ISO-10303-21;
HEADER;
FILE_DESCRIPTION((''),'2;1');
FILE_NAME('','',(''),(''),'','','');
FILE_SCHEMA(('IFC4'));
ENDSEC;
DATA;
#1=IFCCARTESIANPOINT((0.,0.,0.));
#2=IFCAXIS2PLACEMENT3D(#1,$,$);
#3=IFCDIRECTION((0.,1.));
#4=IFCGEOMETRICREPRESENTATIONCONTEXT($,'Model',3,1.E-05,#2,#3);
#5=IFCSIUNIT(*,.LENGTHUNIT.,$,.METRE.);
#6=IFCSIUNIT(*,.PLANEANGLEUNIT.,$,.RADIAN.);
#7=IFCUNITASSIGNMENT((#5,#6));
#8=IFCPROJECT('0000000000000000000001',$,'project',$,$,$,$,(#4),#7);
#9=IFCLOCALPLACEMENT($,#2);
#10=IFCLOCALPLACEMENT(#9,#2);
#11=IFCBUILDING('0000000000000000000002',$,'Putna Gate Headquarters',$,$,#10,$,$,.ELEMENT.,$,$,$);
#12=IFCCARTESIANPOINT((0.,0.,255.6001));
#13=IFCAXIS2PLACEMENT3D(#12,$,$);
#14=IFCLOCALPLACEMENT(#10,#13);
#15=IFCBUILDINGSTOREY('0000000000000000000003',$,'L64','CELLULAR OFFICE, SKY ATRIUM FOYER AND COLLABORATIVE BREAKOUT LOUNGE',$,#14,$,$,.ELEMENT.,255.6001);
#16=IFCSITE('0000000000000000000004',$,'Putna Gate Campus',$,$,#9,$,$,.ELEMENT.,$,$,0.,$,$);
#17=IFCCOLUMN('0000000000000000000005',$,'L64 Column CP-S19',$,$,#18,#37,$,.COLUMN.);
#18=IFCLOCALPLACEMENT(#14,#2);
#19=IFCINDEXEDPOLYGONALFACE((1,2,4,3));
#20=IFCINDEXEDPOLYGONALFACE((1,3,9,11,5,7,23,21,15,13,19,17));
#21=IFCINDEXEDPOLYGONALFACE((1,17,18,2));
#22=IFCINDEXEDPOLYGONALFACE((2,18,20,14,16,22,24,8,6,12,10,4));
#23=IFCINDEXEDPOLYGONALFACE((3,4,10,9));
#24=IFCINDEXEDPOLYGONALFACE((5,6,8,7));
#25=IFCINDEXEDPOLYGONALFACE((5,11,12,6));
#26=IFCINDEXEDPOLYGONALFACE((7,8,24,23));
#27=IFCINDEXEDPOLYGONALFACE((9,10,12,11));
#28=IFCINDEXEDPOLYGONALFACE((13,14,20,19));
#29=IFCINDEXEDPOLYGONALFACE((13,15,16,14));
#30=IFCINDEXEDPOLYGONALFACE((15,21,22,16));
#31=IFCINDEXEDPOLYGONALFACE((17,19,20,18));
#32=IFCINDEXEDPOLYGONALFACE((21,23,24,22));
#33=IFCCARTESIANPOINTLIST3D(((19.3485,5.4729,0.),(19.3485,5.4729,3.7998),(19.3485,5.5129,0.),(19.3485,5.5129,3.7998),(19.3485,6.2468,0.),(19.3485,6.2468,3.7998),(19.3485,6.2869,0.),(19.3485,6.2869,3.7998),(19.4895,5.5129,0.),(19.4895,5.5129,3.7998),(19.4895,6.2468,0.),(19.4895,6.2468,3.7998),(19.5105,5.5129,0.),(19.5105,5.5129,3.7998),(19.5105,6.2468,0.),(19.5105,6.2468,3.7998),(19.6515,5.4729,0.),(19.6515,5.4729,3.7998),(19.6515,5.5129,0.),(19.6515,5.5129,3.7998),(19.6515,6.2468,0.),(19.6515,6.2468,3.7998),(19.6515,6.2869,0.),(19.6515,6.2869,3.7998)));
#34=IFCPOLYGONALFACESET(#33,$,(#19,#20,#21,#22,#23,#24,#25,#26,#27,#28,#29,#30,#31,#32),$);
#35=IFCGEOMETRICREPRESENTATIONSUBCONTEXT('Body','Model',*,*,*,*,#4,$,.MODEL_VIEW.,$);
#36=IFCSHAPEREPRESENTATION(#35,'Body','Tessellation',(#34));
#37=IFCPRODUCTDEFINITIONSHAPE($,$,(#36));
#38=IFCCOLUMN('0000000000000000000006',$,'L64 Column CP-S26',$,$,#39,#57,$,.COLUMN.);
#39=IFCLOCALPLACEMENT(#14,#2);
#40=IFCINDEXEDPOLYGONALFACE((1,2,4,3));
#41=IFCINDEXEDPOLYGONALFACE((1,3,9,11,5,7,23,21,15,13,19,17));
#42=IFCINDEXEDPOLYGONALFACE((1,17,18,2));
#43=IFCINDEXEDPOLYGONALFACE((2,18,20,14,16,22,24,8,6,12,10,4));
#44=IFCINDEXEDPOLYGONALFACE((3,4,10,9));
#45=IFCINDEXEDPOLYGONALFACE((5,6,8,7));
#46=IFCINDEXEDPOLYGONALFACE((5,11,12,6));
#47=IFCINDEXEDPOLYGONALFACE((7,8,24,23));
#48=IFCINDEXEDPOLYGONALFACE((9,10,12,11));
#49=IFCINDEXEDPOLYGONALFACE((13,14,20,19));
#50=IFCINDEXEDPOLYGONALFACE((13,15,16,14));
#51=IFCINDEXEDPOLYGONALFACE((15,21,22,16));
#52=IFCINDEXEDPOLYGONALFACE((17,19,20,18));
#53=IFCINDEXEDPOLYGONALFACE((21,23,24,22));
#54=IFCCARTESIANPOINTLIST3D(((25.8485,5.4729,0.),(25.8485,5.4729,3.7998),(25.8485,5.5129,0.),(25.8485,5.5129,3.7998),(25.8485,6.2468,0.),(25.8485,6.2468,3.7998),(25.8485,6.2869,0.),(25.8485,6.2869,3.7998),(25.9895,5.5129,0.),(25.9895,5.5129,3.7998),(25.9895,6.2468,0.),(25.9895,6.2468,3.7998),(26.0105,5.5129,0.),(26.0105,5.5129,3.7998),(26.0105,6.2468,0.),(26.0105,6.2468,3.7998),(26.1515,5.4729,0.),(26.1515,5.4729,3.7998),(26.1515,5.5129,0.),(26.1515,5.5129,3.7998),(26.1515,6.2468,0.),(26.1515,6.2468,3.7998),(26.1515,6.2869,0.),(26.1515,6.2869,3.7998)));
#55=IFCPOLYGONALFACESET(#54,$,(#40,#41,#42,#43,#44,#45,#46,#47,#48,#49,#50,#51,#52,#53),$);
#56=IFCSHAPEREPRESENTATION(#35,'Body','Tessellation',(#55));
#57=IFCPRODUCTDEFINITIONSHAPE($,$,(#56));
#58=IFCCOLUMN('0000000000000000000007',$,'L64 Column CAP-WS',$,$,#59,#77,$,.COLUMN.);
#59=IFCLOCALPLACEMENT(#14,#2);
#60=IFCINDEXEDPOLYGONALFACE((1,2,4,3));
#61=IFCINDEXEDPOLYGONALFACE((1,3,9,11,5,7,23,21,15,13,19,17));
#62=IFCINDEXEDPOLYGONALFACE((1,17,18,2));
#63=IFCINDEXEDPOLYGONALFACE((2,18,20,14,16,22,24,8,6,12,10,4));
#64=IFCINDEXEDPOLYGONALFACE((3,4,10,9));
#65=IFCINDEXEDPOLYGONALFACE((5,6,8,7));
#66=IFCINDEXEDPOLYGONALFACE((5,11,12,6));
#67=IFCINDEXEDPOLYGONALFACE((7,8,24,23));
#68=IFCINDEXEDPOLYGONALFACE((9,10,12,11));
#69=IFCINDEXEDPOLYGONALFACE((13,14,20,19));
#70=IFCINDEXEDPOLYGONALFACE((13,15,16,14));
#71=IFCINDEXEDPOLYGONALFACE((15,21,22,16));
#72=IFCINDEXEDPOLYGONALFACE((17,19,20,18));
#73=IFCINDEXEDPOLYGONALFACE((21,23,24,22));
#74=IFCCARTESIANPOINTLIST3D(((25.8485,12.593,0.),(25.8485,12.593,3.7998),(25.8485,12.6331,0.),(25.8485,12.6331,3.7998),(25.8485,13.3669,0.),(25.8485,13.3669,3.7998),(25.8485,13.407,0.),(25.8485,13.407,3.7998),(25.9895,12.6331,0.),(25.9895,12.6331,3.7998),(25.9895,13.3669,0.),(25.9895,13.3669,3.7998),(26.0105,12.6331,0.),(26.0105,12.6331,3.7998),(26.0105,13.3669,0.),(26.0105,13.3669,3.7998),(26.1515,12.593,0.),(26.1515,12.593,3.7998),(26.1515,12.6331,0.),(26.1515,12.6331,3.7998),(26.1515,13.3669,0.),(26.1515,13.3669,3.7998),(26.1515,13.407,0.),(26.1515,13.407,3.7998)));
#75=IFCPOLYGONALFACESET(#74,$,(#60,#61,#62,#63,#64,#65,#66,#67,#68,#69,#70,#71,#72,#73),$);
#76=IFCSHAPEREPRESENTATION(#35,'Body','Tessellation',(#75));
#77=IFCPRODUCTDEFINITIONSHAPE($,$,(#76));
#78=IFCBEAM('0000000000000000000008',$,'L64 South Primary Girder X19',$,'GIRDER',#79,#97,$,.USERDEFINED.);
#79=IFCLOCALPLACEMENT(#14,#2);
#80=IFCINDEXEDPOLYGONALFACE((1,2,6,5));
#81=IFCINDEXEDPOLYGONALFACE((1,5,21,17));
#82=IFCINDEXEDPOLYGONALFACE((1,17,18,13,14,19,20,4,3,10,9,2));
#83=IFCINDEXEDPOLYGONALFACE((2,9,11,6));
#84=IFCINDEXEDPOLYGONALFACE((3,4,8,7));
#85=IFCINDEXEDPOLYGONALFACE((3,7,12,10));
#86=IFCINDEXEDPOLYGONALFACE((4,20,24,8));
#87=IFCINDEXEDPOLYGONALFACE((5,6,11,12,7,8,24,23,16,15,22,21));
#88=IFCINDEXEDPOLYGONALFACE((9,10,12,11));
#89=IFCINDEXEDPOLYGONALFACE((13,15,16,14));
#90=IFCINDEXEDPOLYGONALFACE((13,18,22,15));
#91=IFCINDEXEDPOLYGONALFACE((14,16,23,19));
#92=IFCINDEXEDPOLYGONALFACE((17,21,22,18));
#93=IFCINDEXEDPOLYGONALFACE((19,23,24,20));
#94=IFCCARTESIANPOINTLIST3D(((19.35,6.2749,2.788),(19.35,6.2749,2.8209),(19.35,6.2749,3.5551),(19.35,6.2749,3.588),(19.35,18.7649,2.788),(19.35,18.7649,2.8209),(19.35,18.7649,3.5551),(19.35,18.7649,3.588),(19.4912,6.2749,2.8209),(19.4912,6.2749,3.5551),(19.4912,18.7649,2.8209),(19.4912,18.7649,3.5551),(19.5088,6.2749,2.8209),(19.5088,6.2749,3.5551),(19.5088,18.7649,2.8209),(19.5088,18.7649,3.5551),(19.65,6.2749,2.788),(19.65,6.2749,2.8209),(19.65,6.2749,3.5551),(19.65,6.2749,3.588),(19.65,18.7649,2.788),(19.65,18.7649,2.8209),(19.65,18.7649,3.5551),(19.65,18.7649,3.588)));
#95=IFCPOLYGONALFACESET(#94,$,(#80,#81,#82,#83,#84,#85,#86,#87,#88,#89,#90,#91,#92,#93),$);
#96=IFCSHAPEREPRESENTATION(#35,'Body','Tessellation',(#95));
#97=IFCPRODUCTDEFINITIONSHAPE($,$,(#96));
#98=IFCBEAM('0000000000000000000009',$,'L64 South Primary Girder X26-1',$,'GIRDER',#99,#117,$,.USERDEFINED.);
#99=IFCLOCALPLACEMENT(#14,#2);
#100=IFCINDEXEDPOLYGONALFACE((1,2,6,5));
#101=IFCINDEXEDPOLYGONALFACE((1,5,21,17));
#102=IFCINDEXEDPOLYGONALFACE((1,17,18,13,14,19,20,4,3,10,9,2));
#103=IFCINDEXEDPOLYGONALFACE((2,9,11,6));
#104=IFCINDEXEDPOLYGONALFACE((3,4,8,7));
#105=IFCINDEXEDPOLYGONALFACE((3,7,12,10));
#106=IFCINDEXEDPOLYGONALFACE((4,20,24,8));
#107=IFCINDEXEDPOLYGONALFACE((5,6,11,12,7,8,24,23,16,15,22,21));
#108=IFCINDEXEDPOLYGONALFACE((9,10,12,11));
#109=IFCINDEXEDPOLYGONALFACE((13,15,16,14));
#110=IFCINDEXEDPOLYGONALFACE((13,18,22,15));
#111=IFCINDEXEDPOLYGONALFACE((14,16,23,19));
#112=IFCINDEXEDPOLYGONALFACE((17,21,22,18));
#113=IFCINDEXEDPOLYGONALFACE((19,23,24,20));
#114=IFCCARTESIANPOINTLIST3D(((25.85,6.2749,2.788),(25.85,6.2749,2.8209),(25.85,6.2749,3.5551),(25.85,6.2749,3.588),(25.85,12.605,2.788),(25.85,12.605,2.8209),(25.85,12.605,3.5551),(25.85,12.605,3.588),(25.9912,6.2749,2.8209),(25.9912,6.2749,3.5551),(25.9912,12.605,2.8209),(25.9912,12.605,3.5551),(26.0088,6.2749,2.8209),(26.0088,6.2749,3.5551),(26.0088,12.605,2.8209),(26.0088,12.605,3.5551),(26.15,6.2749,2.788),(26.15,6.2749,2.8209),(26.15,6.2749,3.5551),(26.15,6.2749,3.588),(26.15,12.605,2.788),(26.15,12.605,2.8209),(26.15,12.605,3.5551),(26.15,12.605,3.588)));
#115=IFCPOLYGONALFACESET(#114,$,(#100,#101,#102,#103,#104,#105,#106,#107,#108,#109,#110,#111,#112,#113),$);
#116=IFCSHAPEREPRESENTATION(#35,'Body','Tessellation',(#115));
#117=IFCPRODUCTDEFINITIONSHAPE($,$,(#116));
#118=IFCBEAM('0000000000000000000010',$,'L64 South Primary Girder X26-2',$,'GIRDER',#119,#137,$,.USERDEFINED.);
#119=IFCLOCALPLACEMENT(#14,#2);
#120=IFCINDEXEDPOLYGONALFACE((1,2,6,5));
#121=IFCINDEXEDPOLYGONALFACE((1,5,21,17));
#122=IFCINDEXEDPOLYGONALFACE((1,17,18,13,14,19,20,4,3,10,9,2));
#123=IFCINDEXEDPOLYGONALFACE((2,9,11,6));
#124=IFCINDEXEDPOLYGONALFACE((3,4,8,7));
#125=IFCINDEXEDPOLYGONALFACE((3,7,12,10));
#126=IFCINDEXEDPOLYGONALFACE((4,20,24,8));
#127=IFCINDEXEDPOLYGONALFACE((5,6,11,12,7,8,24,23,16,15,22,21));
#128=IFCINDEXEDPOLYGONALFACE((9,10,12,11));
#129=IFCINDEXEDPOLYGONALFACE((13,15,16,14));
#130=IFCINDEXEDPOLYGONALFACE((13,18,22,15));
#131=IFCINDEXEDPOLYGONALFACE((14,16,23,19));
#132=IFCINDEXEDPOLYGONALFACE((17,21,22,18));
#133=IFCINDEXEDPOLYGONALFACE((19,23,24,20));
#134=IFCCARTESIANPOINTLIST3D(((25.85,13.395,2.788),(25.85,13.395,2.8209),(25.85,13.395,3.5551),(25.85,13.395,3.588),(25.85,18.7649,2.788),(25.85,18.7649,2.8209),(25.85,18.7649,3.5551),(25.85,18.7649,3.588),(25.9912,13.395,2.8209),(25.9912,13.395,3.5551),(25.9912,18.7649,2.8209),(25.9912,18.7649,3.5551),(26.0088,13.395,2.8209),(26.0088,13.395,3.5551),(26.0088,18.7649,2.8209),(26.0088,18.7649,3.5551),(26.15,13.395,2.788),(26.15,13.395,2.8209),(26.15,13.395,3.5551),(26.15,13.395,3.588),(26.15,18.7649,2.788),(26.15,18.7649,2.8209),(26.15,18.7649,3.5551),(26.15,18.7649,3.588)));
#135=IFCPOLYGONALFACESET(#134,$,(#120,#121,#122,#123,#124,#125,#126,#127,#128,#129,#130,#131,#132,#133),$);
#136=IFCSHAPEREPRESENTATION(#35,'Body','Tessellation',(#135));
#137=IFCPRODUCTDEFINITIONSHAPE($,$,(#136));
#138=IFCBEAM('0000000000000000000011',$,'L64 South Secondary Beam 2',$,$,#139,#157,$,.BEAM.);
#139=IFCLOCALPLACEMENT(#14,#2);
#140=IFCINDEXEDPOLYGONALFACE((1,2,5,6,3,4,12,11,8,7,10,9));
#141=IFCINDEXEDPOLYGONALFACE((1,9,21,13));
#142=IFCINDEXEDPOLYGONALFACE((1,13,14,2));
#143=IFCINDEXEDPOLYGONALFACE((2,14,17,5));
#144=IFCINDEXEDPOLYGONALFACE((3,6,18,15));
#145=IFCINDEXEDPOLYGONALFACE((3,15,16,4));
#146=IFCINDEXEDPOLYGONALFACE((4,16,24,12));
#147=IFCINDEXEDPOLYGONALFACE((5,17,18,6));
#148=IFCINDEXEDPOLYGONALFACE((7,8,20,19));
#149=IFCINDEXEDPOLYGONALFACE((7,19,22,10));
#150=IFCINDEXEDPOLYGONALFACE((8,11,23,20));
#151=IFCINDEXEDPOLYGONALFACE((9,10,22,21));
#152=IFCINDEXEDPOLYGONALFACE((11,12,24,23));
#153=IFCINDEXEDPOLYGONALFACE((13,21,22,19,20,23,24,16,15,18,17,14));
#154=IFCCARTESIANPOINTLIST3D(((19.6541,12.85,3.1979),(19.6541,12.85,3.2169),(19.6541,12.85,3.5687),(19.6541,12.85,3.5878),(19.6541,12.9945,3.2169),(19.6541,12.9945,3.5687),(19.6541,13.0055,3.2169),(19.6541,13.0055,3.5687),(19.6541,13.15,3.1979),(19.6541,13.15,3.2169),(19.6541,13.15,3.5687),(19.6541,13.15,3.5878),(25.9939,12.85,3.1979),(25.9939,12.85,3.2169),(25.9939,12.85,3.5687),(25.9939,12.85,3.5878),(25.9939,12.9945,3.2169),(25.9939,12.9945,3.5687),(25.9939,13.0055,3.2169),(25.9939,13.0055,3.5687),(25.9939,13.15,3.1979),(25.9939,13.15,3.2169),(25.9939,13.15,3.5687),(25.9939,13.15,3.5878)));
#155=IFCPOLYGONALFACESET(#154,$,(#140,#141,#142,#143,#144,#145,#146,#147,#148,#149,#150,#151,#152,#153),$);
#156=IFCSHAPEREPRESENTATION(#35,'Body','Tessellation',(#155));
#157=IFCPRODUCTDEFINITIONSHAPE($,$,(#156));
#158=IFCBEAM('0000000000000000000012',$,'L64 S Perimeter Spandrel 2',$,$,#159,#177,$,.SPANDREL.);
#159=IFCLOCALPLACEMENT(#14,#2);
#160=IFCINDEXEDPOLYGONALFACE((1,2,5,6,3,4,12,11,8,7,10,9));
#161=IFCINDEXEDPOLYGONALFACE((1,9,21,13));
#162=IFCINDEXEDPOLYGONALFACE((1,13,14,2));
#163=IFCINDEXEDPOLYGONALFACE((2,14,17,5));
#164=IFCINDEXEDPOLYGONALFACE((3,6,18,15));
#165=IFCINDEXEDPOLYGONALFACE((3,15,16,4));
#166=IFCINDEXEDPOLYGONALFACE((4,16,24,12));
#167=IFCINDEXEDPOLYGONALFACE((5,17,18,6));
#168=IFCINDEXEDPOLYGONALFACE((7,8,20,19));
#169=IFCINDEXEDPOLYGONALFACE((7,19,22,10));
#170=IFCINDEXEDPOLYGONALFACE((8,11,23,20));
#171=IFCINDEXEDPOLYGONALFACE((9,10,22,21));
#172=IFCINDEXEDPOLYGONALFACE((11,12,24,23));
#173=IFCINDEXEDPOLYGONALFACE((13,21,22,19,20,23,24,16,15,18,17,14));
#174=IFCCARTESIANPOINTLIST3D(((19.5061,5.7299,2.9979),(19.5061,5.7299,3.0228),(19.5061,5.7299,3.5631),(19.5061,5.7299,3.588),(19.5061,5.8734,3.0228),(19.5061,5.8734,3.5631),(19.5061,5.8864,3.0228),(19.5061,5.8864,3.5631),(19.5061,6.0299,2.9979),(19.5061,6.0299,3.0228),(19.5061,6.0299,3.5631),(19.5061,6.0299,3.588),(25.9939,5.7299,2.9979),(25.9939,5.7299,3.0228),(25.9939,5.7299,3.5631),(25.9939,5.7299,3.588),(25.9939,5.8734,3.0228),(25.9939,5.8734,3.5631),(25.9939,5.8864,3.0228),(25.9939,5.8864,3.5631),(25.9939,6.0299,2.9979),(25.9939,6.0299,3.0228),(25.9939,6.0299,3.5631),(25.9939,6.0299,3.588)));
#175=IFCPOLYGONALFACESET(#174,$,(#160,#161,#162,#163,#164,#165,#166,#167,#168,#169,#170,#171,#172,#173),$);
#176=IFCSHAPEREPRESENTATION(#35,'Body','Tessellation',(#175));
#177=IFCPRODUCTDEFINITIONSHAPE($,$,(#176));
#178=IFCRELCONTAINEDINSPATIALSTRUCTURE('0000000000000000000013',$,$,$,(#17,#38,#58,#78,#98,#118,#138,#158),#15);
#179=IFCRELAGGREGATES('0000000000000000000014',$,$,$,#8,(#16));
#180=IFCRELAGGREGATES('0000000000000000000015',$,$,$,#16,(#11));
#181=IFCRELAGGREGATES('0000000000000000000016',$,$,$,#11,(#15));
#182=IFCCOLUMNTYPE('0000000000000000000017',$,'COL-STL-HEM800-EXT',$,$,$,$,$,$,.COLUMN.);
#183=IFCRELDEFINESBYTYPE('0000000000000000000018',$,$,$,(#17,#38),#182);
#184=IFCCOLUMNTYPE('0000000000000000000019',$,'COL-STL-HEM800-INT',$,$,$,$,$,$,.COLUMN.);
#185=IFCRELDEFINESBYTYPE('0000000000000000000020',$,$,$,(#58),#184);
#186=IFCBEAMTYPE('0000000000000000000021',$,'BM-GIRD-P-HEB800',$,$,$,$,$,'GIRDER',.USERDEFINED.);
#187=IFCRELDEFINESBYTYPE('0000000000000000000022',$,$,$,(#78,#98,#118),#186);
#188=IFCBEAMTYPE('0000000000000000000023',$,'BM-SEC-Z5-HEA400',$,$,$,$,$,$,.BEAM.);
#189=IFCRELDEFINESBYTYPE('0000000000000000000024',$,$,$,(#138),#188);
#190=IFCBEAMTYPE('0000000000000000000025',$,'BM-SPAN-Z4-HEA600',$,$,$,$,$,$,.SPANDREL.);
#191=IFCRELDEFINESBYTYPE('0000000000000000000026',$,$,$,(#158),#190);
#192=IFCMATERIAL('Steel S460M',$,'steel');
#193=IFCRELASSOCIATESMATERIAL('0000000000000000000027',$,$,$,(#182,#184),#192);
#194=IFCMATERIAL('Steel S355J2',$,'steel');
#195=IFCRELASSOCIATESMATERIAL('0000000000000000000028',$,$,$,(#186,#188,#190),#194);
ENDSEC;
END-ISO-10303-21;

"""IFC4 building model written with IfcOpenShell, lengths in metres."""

from ifc_helpers import new_model, si_unit, direction, frame, origin, origin_2d, place, context, subcontext, project, spatial, i_section, extrude, material, material_profile, profile_set, type_object, element, save


model = new_model("IFC4")

# Units and contexts
model_context = context("Model", 3, precision=1e-05, world=origin(), true_north=direction((0.0, 1.0)))
body_context = subcontext(model_context, "Body", "Model", "MODEL_VIEW")
ifc_project = project(units=[si_unit("LENGTHUNIT", "METRE"), si_unit("PLANEANGLEUNIT", "RADIAN")], contexts=[model_context])

# Site, building, storey
site_placement = place(None, origin())
site = spatial("IfcSite", under=ifc_project, at=site_placement, Name="Putna Gate Campus", CompositionType="ELEMENT", RefElevation=0.0)
building_placement = place(site_placement, origin())
building = spatial("IfcBuilding", under=site, at=building_placement, Name="Putna Gate Headquarters", CompositionType="ELEMENT")
storey_placement = place(building_placement, frame((0.0, 0.0, 255.6001)))
storey = spatial("IfcBuildingStorey", under=building, at=storey_placement, Name="L64", Description="CELLULAR OFFICE, SKY ATRIUM FOYER AND COLLABORATIVE BREAKOUT LOUNGE", CompositionType="ELEMENT", Elevation=255.6001)

# Columns
ifc_material_1 = material(Name="Steel S460M", Category="steel")
ifc_material_profile_1 = material_profile(ifc_material_1, i_section(OverallWidth=0.303, OverallDepth=0.814, WebThickness=0.021, FlangeThickness=0.04, at=origin_2d()), Name="Steel S460M")
ifc_profile_set_1 = profile_set([ifc_material_profile_1], Name="Steel S460M")
column_type_1 = type_object("IfcColumnType", Name="COL-STL-HEM800-EXT", PredefinedType="COLUMN", material=ifc_profile_set_1)
for number, where, z_axis, x_axis, name in (
    (1, (19.5, 5.8799, 0.0), (0.0, 0.0, 1.0), (1.0, 0.0, 0.0), "L64 Column CP-S19"),
    (2, (26.0, 5.8799, 0.0), (0.0, 0.0, 1.0), (1.0, 0.0, 0.0), "L64 Column CP-S26"),
):
    element("IfcColumn", number, at=place(storey_placement, frame(where, z_axis=z_axis, x_axis=x_axis)), inside=storey, type_object=column_type_1, Name=name, PredefinedType="COLUMN", context=body_context, shape_type="SweptSolid", body=[
        extrude(i_section(OverallWidth=0.303, OverallDepth=0.814, WebThickness=0.021, FlangeThickness=0.04, at=origin_2d()), origin(), (0.0, 0.0, 1.0), 3.7998),
    ])
ifc_material_profile_2 = material_profile(ifc_material_1, i_section(OverallWidth=0.303, OverallDepth=0.814, WebThickness=0.021, FlangeThickness=0.04, at=origin_2d()), Name="Steel S460M")
ifc_profile_set_2 = profile_set([ifc_material_profile_2], Name="Steel S460M")
column_type_2 = type_object("IfcColumnType", Name="COL-STL-HEM800-INT", PredefinedType="COLUMN", material=ifc_profile_set_2)
column_placement = place(storey_placement, frame((26.0, 13.0, 0.0), z_axis=(0.0, 0.0, 1.0), x_axis=(1.0, 0.0, 0.0)))
element("IfcColumn", 3, at=column_placement, inside=storey, type_object=column_type_2, Name="L64 Column CAP-WS", PredefinedType="COLUMN", context=body_context, shape_type="SweptSolid", body=[
    extrude(i_section(OverallWidth=0.303, OverallDepth=0.814, WebThickness=0.021, FlangeThickness=0.04, at=origin_2d()), origin(), (0.0, 0.0, 1.0), 3.7998),
])

# Beams
ifc_material_2 = material(Name="Steel S355J2", Category="steel")
ifc_material_profile_3 = material_profile(ifc_material_2, i_section(OverallWidth=0.3, OverallDepth=0.8, WebThickness=0.0176, FlangeThickness=0.033, at=origin_2d()), Name="Steel S355J2")
ifc_profile_set_3 = profile_set([ifc_material_profile_3], Name="Steel S355J2")
beam_type_1 = type_object("IfcBeamType", Name="BM-GIRD-P-HEB800", ElementType="GIRDER", PredefinedType="USERDEFINED", material=ifc_profile_set_3)
beam_1_placement = place(storey_placement, frame((19.5, 6.2749, 3.188), z_axis=(0.0, 1.0, 0.0), x_axis=(-1.0, 0.0, 0.0)))
element("IfcBeam", 4, at=beam_1_placement, inside=storey, type_object=beam_type_1, Name="L64 South Primary Girder X19", ObjectType="GIRDER", PredefinedType="USERDEFINED", context=body_context, shape_type="SweptSolid", body=[
    extrude(i_section(OverallWidth=0.3, OverallDepth=0.8, WebThickness=0.0176, FlangeThickness=0.033, at=origin_2d()), origin(), (0.0, 0.0, 1.0), 12.49),
])
beam_2_placement = place(storey_placement, frame((26.0, 6.2749, 3.188), z_axis=(0.0, 1.0, 0.0), x_axis=(-1.0, 0.0, 0.0)))
element("IfcBeam", 5, at=beam_2_placement, inside=storey, type_object=beam_type_1, Name="L64 South Primary Girder X26-1", ObjectType="GIRDER", PredefinedType="USERDEFINED", context=body_context, shape_type="SweptSolid", body=[
    extrude(i_section(OverallWidth=0.3, OverallDepth=0.8, WebThickness=0.0176, FlangeThickness=0.033, at=origin_2d()), origin(), (0.0, 0.0, 1.0), 6.3301),
])
beam_3_placement = place(storey_placement, frame((26.0, 13.395, 3.188), z_axis=(0.0, 1.0, 0.0), x_axis=(-1.0, 0.0, 0.0)))
element("IfcBeam", 6, at=beam_3_placement, inside=storey, type_object=beam_type_1, Name="L64 South Primary Girder X26-2", ObjectType="GIRDER", PredefinedType="USERDEFINED", context=body_context, shape_type="SweptSolid", body=[
    extrude(i_section(OverallWidth=0.3, OverallDepth=0.8, WebThickness=0.0176, FlangeThickness=0.033, at=origin_2d()), origin(), (0.0, 0.0, 1.0), 5.3699),
])
ifc_material_profile_4 = material_profile(ifc_material_2, i_section(OverallWidth=0.3, OverallDepth=0.3899, WebThickness=0.011, FlangeThickness=0.019, at=origin_2d()), Name="Steel S355J2")
ifc_profile_set_4 = profile_set([ifc_material_profile_4], Name="Steel S355J2")
beam_type_2 = type_object("IfcBeamType", Name="BM-SEC-Z5-HEA400", PredefinedType="BEAM", material=ifc_profile_set_4)
beam_4_placement = place(storey_placement, frame((19.6541, 13.0, 3.3928), z_axis=(1.0, 0.0, 0.0), x_axis=(0.0, 1.0, 0.0)))
element("IfcBeam", 7, at=beam_4_placement, inside=storey, type_object=beam_type_2, Name="L64 South Secondary Beam 2", PredefinedType="BEAM", context=body_context, shape_type="SweptSolid", body=[
    extrude(i_section(OverallWidth=0.3, OverallDepth=0.3899, WebThickness=0.011, FlangeThickness=0.019, at=origin_2d()), origin(), (0.0, 0.0, 1.0), 6.3398),
])
ifc_material_profile_5 = material_profile(ifc_material_2, i_section(OverallWidth=0.3, OverallDepth=0.5901, WebThickness=0.0129, FlangeThickness=0.0249, at=origin_2d()), Name="Steel S355J2")
ifc_profile_set_5 = profile_set([ifc_material_profile_5], Name="Steel S355J2")
beam_type_3 = type_object("IfcBeamType", Name="BM-SPAN-Z4-HEA600", PredefinedType="SPANDREL", material=ifc_profile_set_5)
for number, where, z_axis, x_axis, name in (
    (8, (19.5061, 5.8799, 3.293), (1.0, 0.0, 0.0), (0.0, 1.0, 0.0), "L64 S Perimeter Spandrel 2"),
):
    element("IfcBeam", number, at=place(storey_placement, frame(where, z_axis=z_axis, x_axis=x_axis)), inside=storey, type_object=beam_type_3, Name=name, PredefinedType="SPANDREL", context=body_context, shape_type="SweptSolid", body=[
        extrude(i_section(OverallWidth=0.3, OverallDepth=0.5901, WebThickness=0.0129, FlangeThickness=0.0249, at=origin_2d()), origin(), (0.0, 0.0, 1.0), 6.4878),
    ])

save(model, "model.ifc")
